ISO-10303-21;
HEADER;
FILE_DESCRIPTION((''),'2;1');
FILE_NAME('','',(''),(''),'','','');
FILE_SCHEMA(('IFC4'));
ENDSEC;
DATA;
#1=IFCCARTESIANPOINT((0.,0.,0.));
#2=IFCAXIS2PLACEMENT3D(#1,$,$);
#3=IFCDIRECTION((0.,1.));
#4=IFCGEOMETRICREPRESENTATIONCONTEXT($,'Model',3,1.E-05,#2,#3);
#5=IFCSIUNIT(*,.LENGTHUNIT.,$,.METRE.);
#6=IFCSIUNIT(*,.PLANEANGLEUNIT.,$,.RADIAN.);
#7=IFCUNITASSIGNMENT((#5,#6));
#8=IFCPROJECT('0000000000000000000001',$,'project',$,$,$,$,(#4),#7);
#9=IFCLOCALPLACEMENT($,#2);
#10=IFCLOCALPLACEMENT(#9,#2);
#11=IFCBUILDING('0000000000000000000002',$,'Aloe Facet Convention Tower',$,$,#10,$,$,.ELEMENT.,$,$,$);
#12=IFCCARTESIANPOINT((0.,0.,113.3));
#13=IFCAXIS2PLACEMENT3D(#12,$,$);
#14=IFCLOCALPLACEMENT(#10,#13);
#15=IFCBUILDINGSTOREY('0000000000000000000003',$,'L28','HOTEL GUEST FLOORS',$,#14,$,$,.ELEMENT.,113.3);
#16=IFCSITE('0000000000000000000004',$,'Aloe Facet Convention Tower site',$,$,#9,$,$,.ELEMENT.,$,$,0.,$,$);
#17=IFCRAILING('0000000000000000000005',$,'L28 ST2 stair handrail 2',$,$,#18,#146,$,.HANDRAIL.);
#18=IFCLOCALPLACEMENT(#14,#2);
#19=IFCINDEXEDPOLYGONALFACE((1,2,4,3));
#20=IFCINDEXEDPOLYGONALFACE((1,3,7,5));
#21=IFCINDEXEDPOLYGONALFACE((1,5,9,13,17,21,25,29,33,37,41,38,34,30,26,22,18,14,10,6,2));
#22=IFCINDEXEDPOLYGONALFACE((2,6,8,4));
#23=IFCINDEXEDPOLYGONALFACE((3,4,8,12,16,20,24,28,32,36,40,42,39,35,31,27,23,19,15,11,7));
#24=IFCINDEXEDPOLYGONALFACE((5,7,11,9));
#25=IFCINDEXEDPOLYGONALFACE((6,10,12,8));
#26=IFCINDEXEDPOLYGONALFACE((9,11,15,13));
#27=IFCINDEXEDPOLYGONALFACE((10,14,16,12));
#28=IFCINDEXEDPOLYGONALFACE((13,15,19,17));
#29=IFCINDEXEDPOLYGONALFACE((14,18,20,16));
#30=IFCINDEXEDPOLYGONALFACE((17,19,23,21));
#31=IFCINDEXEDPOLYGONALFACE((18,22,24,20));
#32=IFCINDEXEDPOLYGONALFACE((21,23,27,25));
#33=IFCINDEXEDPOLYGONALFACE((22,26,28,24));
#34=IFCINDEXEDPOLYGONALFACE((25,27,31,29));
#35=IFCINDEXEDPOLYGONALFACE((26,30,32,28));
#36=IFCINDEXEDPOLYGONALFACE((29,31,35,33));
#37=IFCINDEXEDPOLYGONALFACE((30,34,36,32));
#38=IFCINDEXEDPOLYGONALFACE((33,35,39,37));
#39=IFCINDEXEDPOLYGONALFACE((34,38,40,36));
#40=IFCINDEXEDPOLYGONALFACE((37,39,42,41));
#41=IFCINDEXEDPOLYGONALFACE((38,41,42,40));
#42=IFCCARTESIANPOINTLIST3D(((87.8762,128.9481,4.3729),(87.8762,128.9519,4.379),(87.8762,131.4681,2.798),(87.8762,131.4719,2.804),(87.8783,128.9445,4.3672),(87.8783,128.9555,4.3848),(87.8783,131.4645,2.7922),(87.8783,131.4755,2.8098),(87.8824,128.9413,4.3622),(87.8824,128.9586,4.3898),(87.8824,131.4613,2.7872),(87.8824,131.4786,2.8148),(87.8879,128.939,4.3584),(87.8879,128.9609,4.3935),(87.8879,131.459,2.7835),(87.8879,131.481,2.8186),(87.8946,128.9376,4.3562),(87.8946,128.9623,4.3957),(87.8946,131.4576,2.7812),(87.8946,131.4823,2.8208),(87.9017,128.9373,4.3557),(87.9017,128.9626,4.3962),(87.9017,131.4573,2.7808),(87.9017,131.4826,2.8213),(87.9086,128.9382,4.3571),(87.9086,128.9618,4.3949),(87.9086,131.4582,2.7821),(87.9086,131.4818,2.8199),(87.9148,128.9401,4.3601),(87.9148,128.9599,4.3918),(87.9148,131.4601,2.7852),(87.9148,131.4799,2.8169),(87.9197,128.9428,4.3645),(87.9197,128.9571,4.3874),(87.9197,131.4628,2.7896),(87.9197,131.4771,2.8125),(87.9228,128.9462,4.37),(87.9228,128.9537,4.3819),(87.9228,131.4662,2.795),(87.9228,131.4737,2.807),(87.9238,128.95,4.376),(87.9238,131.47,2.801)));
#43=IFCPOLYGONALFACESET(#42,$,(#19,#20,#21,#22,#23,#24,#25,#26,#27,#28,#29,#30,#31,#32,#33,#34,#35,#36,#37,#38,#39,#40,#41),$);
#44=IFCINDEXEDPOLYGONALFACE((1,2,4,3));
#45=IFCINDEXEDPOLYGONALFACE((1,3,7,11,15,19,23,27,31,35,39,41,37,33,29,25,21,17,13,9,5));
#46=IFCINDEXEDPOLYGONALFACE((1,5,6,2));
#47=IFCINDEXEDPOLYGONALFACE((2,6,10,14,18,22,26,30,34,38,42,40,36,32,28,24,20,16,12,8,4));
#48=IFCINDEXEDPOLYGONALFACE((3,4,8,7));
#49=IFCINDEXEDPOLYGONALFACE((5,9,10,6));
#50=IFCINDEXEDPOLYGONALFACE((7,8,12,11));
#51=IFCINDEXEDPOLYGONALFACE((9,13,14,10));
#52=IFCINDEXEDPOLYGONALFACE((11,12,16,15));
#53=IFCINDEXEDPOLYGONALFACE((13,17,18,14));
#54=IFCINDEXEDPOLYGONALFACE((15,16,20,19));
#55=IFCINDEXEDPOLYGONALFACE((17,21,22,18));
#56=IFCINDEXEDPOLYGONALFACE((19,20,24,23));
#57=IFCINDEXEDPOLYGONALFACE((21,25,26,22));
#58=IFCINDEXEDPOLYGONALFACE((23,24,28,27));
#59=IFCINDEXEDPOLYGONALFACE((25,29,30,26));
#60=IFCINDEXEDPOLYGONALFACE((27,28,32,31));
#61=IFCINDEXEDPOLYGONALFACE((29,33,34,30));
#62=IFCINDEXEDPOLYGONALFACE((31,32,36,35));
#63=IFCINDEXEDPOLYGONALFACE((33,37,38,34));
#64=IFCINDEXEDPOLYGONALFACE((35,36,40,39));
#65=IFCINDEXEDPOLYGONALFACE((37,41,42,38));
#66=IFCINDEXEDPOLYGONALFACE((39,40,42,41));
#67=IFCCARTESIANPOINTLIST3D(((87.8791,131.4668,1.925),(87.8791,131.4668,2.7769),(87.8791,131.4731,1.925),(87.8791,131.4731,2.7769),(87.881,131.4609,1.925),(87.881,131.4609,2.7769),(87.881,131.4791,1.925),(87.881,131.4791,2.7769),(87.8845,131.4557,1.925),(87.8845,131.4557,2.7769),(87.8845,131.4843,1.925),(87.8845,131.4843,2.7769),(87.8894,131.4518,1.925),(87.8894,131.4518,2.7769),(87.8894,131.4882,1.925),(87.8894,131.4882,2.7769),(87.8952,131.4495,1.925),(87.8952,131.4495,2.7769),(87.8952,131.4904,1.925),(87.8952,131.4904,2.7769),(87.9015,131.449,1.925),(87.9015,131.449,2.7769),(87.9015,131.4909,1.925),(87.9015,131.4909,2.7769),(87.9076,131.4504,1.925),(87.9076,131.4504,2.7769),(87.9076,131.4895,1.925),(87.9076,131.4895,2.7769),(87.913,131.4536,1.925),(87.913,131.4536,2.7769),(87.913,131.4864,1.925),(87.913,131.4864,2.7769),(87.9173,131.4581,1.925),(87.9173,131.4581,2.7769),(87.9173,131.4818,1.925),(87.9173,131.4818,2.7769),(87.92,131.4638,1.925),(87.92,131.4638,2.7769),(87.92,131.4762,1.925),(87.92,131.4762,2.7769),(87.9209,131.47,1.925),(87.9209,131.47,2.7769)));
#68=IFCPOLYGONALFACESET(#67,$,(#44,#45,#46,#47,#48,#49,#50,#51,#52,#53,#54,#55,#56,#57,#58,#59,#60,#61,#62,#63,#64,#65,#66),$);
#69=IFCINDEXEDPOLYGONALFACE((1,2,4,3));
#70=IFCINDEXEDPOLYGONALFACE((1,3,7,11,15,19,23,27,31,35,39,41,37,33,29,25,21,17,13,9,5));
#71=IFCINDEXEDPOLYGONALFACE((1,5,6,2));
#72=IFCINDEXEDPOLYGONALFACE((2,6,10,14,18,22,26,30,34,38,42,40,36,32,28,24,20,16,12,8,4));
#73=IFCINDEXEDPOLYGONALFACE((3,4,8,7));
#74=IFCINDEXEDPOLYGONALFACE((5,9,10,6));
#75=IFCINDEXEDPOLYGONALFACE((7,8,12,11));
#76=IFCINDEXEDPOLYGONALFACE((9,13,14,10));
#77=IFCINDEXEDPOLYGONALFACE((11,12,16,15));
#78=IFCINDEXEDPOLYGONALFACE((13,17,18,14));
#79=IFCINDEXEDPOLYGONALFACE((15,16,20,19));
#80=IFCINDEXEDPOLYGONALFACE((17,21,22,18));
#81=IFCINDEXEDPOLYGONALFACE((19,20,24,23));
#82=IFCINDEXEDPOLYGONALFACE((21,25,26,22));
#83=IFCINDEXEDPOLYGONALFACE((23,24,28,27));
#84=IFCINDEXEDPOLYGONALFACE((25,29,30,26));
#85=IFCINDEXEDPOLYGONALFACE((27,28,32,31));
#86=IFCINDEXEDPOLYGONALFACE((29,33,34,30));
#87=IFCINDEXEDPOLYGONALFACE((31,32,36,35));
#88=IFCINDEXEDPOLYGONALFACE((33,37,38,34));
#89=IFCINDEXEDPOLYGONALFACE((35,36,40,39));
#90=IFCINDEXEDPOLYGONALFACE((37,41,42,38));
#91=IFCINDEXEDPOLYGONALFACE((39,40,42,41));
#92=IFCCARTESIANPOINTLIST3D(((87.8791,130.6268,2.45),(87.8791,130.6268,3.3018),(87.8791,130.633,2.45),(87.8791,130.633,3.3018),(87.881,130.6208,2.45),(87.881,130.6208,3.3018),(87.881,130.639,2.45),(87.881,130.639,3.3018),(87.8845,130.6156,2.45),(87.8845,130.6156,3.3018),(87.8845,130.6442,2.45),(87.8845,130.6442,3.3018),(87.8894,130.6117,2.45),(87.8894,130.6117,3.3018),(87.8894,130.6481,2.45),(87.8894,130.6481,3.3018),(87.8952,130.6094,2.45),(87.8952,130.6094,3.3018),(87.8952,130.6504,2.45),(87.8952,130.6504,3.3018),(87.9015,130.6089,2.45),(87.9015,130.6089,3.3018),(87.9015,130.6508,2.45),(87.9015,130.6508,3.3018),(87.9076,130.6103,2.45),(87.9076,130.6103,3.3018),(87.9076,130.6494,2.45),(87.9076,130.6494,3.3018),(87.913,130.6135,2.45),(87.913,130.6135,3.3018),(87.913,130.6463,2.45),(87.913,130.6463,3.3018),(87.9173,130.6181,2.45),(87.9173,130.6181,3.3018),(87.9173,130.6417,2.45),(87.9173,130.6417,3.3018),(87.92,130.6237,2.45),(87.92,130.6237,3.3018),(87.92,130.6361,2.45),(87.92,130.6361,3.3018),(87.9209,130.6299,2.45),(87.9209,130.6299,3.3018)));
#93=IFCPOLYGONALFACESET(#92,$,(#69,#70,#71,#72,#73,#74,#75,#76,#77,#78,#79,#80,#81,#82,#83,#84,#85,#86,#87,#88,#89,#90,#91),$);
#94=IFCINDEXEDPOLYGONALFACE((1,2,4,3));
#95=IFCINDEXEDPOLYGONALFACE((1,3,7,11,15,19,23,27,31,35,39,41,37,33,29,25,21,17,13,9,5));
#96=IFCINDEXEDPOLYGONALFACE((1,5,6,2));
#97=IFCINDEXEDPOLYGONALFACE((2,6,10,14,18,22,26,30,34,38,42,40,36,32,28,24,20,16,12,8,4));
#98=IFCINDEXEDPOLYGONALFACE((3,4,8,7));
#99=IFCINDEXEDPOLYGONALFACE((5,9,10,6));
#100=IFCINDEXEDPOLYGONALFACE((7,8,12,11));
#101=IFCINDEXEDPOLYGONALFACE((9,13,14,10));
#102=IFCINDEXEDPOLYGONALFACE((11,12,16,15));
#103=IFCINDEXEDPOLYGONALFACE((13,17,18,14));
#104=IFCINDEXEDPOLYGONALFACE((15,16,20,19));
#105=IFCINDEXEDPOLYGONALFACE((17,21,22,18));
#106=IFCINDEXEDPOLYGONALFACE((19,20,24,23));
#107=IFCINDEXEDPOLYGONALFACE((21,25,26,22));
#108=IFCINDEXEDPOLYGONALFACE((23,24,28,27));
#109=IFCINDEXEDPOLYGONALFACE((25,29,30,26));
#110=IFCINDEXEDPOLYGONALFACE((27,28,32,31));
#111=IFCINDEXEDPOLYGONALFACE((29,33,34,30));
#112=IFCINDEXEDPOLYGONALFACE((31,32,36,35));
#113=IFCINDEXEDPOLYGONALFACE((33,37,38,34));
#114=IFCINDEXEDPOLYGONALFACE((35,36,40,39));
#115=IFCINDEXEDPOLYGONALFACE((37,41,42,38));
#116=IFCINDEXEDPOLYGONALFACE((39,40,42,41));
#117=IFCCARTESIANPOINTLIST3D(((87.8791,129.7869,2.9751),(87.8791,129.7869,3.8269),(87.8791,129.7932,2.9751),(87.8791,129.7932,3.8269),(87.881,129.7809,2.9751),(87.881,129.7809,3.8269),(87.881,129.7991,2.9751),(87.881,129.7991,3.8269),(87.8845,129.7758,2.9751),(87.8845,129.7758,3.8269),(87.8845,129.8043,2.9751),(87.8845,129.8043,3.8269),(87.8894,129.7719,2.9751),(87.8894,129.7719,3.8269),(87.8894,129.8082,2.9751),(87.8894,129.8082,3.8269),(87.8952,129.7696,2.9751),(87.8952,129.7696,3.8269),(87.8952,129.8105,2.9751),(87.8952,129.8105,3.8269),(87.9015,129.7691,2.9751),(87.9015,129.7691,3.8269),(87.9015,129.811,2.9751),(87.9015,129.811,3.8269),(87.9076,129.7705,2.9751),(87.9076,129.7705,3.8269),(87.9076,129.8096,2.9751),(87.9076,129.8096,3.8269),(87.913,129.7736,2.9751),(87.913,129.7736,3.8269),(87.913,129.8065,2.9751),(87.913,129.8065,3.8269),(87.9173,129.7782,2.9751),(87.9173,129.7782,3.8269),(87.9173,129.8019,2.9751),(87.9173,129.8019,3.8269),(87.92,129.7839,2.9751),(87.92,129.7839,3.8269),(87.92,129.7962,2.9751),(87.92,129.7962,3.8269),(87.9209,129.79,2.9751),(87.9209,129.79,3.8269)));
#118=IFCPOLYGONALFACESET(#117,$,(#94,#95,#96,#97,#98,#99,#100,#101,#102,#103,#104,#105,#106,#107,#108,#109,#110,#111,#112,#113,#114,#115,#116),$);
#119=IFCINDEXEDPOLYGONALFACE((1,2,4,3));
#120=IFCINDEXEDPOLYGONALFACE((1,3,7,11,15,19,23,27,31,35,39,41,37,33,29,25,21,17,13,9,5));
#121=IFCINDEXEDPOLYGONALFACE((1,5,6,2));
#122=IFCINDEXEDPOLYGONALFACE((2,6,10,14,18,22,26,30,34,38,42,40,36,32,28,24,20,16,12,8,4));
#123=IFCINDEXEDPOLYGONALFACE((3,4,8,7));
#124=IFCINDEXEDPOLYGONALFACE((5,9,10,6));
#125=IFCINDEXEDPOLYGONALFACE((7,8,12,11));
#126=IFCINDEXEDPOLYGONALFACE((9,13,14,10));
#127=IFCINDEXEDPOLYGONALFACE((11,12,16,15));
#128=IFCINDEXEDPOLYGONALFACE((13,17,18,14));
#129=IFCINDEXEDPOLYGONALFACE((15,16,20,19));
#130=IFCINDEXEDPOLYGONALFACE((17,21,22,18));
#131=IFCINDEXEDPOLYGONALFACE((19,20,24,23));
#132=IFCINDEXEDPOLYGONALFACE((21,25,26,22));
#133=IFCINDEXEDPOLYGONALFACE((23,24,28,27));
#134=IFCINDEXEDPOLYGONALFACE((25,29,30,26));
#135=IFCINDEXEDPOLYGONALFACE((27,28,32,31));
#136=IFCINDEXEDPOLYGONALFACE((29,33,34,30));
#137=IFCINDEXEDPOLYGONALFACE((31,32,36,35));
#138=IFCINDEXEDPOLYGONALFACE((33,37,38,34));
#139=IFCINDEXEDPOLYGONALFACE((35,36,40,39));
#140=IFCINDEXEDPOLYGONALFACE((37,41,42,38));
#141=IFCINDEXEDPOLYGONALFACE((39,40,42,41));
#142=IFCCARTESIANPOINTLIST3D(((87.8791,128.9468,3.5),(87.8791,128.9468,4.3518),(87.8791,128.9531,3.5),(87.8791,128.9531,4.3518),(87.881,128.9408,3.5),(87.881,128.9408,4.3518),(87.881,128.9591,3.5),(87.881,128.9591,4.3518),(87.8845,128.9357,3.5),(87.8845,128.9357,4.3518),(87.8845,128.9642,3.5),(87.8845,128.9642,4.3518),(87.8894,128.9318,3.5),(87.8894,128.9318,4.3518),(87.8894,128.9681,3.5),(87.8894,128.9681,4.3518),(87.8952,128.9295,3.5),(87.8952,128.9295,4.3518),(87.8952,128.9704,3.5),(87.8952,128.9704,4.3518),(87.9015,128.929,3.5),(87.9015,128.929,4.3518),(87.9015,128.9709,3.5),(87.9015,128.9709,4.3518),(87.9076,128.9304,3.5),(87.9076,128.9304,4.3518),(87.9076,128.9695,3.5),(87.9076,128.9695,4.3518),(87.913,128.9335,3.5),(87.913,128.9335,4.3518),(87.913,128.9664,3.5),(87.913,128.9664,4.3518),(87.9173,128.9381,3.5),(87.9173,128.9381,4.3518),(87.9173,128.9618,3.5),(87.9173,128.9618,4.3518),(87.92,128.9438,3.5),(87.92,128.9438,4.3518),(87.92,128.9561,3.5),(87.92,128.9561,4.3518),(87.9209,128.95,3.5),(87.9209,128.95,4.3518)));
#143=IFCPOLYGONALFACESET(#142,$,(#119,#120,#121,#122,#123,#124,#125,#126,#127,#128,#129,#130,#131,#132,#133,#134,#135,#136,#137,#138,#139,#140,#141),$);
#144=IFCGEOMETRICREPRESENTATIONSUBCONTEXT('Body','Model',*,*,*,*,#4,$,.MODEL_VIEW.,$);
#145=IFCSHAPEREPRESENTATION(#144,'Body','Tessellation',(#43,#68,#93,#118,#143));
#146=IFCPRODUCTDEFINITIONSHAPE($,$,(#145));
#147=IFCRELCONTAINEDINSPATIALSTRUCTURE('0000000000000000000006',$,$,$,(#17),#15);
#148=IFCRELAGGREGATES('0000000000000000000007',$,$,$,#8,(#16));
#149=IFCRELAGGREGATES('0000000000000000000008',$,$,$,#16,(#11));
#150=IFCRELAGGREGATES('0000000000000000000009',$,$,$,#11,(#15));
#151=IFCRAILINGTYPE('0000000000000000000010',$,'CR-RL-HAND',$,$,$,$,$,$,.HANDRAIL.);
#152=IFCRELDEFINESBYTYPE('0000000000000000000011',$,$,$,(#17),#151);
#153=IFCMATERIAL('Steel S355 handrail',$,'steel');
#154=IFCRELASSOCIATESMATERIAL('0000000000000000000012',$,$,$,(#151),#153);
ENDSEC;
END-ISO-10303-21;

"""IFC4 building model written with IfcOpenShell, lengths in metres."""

from ifc_helpers import new_model, si_unit, direction, frame, origin, origin_2d, place, context, subcontext, project, spatial, circle, extrude, material, type_object, element, save


model = new_model("IFC4")

# Units and contexts
model_context = context("Model", 3, precision=1e-05, world=origin(), true_north=direction((0.0, 1.0)))
body_context = subcontext(model_context, "Body", "Model", "MODEL_VIEW")
ifc_project = project(units=[si_unit("LENGTHUNIT", "METRE"), si_unit("PLANEANGLEUNIT", "RADIAN")], contexts=[model_context])

# Site, building, storey
site_placement = place(None, origin())
site = spatial("IfcSite", under=ifc_project, at=site_placement, Name="Aloe Facet Convention Tower site", CompositionType="ELEMENT", RefElevation=0.0)
building_placement = place(site_placement, origin())
building = spatial("IfcBuilding", under=site, at=building_placement, Name="Aloe Facet Convention Tower", CompositionType="ELEMENT")
storey_placement = place(building_placement, frame((0.0, 0.0, 113.3)))
storey = spatial("IfcBuildingStorey", under=building, at=storey_placement, Name="L28", Description="HOTEL GUEST FLOORS", CompositionType="ELEMENT", Elevation=113.3)

# Railing
ifc_material_1 = material(Name="Steel S355 handrail", Category="steel")
railing_type = type_object("IfcRailingType", Name="CR-RL-HAND", PredefinedType="HANDRAIL", material=ifc_material_1)
railing_placement = place(storey_placement, frame((87.8999, 131.47, 1.925)))
element("IfcRailing", 1, at=railing_placement, inside=storey, type_object=railing_type, Name="L28 ST2 stair handrail 2", PredefinedType="HANDRAIL", context=body_context, shape_type="SweptSolid", body=[
    extrude(circle(Radius=0.0239, at=origin_2d()), frame((0.0, 0.0, 0.876), z_axis=(0.0, -0.848008, 0.529984), x_axis=(1.0, 0.0, 0.0)), (0.0, 0.0, 1.0), 2.9717),
    extrude(circle(Radius=0.021, at=origin_2d()), origin(), (0.0, 0.0, 1.0), 0.8518),
    extrude(circle(Radius=0.021, at=origin_2d()), frame((0.0, -0.8401, 0.5249)), (0.0, 0.0, 1.0), 0.8518),
    extrude(circle(Radius=0.021, at=origin_2d()), frame((0.0, -1.6799, 1.05)), (0.0, 0.0, 1.0), 0.8518),
    extrude(circle(Radius=0.021, at=origin_2d()), frame((0.0, -2.52, 1.575)), (0.0, 0.0, 1.0), 0.8518),
])

save(model, "model.ifc")
